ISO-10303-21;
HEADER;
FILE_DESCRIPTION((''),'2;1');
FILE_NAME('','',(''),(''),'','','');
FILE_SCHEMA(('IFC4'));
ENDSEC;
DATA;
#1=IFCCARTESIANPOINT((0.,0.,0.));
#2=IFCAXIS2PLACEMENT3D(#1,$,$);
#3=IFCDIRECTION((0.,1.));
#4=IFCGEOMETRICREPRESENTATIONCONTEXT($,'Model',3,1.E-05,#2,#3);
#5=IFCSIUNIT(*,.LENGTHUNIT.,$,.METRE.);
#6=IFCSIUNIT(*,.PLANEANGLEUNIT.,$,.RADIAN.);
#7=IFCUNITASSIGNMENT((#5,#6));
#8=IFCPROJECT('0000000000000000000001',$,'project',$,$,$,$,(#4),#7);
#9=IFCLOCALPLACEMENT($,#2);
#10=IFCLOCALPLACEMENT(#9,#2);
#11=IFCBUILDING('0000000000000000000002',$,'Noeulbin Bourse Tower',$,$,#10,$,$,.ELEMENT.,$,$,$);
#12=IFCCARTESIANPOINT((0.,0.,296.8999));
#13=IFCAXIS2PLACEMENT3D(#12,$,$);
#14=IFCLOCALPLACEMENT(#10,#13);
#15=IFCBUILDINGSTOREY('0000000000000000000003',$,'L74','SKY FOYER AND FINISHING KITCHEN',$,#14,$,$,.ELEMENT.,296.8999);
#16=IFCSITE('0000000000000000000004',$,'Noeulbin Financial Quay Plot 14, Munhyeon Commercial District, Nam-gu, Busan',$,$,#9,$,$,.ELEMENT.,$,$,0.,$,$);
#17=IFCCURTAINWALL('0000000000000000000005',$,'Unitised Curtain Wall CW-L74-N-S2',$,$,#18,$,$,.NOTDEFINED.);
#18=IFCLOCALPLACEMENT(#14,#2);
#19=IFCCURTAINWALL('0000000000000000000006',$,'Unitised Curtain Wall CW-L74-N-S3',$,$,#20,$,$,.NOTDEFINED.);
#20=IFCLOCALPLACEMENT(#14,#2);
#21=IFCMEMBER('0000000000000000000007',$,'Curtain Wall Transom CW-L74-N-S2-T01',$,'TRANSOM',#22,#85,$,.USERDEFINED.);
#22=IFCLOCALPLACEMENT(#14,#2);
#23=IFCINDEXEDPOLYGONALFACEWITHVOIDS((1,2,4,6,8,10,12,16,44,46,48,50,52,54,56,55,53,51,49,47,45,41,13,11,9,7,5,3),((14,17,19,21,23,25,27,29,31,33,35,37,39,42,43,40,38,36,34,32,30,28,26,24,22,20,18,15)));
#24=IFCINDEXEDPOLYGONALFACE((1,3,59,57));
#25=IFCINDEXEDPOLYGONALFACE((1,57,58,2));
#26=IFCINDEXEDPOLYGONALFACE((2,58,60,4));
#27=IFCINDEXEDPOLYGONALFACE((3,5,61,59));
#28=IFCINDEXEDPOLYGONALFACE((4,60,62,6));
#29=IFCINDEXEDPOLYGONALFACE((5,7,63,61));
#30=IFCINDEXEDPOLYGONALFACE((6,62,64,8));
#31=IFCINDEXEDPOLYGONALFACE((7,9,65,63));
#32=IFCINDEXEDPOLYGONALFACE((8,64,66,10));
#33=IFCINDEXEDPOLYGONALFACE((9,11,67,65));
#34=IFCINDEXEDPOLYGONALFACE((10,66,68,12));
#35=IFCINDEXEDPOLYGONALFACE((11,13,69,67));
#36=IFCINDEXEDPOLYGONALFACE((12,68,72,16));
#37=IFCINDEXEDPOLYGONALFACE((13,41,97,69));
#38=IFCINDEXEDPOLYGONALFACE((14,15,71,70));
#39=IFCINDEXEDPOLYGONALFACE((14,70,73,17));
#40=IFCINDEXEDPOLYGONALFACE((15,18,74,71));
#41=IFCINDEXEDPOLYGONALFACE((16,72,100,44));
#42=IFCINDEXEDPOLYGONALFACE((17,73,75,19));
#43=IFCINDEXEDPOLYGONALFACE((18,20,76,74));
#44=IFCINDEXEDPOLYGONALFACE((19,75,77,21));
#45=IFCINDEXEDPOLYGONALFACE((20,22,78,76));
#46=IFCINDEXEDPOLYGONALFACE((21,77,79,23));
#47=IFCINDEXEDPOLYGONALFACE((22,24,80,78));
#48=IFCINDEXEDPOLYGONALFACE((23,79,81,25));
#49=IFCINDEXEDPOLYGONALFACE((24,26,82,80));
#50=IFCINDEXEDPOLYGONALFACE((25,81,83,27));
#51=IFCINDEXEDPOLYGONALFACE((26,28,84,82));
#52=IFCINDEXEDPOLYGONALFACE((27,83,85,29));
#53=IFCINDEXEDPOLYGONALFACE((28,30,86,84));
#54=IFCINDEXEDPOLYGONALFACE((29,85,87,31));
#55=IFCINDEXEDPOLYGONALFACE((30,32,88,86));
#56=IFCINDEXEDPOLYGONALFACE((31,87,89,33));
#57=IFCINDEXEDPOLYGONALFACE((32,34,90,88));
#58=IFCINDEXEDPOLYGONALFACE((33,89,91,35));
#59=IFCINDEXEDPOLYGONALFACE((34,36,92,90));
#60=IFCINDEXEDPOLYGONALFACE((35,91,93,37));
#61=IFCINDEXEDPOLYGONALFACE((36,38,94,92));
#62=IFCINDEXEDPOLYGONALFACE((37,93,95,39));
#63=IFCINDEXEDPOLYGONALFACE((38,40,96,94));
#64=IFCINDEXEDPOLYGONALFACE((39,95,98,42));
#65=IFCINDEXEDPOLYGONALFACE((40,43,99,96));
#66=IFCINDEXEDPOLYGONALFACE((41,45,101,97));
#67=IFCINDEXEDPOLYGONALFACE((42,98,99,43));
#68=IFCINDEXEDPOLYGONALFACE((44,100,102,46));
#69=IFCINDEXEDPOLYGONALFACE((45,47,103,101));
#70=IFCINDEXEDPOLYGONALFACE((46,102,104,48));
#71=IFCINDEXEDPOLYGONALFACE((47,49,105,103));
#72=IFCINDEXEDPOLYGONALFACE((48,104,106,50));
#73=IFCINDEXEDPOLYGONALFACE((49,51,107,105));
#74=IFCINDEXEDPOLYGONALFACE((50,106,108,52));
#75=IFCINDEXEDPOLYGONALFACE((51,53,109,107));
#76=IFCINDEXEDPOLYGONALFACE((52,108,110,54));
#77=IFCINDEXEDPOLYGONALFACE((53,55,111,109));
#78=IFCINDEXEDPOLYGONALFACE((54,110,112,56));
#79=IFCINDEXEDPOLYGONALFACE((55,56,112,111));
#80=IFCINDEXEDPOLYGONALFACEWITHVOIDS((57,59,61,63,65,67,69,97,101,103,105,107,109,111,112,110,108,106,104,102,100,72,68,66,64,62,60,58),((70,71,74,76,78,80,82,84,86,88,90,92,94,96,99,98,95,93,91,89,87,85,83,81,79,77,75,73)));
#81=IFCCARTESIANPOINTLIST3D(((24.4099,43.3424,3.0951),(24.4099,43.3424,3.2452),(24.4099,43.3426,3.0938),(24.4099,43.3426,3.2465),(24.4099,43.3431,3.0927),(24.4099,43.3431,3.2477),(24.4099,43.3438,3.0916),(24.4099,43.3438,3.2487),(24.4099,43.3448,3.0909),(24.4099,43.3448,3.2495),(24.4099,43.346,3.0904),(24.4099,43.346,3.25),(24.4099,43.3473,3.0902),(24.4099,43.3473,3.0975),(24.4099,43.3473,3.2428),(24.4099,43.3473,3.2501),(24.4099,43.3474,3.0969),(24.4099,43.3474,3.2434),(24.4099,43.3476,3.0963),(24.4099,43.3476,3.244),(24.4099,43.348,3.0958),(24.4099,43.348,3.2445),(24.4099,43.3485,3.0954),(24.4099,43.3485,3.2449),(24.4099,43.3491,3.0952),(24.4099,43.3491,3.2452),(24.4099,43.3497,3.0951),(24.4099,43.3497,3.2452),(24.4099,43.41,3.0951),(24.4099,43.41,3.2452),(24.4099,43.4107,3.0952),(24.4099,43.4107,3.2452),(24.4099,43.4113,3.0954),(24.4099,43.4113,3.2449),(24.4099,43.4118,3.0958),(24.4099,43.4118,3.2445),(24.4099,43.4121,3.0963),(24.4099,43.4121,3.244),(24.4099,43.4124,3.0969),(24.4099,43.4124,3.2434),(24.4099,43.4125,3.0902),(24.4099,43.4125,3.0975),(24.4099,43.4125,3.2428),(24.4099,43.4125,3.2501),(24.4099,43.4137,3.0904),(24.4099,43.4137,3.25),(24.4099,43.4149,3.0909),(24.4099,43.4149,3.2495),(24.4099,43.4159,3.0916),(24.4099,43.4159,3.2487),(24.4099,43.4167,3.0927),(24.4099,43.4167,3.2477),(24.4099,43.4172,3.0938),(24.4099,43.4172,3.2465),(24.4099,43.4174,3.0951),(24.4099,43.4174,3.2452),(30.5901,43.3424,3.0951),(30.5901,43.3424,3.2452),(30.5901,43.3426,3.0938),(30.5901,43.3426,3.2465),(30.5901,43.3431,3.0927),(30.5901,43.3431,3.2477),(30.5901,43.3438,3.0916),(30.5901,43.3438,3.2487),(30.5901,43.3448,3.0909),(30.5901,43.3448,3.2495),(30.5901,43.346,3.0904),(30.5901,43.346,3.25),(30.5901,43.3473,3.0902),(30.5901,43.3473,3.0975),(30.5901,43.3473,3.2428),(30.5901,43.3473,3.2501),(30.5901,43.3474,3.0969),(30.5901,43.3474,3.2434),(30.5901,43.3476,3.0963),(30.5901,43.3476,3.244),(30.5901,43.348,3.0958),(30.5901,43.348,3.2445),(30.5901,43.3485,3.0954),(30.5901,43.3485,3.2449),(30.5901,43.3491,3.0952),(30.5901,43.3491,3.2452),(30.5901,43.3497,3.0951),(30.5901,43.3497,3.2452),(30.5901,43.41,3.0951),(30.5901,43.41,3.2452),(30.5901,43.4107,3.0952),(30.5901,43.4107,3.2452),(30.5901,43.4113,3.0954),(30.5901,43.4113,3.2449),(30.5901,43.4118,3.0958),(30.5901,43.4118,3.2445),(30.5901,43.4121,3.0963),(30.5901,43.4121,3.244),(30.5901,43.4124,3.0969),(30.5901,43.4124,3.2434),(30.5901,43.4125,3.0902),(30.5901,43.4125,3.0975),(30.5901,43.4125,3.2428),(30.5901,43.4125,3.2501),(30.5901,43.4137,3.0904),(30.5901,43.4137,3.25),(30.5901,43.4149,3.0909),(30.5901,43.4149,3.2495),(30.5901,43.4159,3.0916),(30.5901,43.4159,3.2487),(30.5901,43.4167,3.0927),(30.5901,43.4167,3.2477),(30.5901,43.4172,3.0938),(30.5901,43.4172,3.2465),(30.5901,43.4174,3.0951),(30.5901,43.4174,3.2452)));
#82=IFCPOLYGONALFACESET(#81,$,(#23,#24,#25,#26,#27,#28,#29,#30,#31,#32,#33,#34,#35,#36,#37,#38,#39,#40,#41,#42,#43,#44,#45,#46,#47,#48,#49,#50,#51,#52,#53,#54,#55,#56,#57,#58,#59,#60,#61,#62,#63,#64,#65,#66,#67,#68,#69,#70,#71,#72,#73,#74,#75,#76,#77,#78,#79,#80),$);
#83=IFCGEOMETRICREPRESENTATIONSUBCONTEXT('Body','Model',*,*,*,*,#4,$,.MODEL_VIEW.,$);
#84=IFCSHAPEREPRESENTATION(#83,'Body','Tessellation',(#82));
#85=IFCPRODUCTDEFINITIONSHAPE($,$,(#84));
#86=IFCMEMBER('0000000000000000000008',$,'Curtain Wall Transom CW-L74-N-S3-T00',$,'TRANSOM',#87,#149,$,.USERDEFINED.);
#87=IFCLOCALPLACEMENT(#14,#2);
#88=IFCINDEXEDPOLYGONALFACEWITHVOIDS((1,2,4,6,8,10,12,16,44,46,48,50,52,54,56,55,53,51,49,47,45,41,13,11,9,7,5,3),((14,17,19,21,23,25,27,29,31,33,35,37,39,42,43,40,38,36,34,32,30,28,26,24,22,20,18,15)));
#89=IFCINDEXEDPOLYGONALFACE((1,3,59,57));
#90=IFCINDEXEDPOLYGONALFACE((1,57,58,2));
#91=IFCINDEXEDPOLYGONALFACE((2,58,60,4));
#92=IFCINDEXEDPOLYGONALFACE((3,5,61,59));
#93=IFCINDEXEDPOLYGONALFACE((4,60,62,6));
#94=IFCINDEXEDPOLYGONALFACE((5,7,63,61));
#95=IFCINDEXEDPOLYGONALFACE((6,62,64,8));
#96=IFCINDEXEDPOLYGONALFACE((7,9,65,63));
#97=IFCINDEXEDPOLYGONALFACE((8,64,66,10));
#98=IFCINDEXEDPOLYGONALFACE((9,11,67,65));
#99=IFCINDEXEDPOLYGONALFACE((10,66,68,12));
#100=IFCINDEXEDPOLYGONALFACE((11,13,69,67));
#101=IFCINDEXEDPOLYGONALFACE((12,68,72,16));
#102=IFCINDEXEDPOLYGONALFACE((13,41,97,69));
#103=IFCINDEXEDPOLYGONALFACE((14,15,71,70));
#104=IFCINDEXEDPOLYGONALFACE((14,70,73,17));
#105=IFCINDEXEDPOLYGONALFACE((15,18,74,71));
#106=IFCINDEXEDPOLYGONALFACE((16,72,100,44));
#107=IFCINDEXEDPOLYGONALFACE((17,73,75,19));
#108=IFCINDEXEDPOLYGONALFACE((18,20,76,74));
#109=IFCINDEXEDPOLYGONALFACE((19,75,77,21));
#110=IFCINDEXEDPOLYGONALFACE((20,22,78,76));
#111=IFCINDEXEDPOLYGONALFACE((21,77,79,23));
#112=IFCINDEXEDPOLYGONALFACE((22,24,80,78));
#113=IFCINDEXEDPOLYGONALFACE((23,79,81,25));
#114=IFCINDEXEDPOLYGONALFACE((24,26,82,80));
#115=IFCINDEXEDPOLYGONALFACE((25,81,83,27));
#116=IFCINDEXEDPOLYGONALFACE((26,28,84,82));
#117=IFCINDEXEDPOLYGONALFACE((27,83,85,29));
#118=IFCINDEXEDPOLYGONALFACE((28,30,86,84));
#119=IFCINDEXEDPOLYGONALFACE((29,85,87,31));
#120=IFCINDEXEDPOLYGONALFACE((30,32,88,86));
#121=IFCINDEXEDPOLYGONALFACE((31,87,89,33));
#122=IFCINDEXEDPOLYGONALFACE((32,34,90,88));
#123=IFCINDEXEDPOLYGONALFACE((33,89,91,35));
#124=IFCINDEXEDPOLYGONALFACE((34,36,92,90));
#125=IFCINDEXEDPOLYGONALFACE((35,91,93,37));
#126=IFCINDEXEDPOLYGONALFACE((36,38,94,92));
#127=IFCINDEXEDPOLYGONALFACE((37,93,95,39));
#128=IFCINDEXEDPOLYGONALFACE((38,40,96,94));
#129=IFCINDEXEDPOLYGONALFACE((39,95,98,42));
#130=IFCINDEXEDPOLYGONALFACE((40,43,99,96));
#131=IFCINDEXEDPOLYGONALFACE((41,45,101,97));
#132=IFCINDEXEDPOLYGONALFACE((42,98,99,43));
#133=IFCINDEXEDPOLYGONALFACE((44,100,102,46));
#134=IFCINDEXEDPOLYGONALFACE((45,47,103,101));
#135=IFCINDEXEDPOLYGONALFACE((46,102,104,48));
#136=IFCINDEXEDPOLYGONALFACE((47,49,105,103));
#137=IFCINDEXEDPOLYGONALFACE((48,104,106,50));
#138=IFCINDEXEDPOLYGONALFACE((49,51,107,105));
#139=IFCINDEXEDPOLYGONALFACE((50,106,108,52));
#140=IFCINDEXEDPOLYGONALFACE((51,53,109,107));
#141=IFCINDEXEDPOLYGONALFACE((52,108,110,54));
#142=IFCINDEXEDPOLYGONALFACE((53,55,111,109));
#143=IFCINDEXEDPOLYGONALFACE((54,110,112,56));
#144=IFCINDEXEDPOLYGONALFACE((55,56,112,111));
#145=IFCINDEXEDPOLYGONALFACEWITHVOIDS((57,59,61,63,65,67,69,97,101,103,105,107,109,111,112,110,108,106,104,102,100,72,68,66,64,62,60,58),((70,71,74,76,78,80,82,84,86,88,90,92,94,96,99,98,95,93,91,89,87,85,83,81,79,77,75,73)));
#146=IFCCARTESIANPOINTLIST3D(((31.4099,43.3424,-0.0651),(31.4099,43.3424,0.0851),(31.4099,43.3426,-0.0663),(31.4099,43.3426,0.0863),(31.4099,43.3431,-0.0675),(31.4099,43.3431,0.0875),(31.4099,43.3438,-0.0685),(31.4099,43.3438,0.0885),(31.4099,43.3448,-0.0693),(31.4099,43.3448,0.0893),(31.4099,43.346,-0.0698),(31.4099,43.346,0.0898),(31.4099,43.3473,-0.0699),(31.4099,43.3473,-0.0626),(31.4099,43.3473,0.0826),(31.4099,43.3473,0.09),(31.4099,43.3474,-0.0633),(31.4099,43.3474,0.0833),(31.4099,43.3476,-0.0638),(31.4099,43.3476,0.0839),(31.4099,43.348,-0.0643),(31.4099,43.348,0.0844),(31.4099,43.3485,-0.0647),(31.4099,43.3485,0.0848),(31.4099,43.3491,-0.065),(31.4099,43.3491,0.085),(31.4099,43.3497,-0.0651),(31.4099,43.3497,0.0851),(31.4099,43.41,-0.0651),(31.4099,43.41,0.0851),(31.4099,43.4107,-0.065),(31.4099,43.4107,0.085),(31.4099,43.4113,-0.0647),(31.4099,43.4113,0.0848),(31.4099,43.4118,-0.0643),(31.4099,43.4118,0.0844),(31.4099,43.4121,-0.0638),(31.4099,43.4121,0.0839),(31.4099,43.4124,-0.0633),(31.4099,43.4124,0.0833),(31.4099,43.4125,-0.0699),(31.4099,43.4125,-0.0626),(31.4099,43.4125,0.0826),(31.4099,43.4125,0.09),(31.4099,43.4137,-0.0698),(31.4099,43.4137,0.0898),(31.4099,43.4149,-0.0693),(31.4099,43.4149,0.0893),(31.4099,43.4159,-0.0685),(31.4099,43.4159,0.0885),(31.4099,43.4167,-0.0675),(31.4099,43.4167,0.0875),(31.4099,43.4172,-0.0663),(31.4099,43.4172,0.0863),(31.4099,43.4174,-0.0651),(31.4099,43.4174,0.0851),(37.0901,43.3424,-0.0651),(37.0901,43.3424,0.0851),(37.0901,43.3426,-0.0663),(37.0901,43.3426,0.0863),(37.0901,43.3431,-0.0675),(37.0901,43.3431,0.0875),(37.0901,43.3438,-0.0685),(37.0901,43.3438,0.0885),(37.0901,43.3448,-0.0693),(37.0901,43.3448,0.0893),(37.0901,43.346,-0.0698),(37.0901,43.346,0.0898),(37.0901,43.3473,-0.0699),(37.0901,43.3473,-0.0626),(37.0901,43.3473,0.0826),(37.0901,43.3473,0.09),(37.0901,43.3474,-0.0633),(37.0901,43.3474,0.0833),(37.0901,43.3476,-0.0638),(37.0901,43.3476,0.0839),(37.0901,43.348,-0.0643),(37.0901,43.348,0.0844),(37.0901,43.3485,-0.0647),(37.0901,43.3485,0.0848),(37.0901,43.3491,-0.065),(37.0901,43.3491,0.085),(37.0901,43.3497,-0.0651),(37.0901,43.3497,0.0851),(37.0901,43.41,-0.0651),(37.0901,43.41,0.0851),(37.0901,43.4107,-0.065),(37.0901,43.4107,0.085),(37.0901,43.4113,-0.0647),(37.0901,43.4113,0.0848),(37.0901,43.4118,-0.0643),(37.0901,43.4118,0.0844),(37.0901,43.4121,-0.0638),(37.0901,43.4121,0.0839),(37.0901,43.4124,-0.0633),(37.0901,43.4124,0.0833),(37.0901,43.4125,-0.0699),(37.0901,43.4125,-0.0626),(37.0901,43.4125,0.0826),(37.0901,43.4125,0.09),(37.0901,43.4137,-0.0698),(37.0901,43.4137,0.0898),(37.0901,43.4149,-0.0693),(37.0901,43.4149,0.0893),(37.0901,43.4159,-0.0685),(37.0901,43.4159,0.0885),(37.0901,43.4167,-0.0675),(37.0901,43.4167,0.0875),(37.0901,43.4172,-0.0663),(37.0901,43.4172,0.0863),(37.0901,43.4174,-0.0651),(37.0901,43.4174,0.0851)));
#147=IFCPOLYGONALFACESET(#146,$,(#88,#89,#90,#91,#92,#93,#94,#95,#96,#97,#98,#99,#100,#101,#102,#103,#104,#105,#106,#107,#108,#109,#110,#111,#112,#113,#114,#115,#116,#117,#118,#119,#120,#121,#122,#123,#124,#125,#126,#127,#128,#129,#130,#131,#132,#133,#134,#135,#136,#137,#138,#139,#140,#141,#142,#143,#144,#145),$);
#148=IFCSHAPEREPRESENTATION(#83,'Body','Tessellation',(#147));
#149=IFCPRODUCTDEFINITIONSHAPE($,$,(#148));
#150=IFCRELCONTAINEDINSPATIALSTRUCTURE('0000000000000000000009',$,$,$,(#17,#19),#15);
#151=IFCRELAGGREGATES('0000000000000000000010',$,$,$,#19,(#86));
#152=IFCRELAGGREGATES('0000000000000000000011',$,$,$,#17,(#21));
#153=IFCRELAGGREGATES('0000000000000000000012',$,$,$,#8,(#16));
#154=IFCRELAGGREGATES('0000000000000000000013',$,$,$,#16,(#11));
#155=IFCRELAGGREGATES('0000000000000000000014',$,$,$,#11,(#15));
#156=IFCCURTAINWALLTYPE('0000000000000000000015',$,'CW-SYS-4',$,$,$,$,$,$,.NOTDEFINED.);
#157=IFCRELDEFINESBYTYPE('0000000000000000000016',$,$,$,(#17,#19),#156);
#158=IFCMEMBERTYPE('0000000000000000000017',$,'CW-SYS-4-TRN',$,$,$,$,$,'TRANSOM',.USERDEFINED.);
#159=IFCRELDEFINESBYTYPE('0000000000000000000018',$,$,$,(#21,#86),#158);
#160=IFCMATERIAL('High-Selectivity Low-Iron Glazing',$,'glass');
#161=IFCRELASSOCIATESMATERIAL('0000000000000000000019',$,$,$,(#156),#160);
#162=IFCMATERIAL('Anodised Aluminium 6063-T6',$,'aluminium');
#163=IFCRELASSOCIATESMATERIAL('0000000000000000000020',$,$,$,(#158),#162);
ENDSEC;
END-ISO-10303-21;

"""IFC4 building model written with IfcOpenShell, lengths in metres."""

from ifc_helpers import new_model, si_unit, direction, frame, origin, origin_2d, place, context, subcontext, project, spatial, hollow_rectangle, extrude, material, material_profile, profile_set, type_object, element, aggregate, save


model = new_model("IFC4")

# Units and contexts
model_context = context("Model", 3, precision=1e-05, world=origin(), true_north=direction((0.0, 1.0)))
body_context = subcontext(model_context, "Body", "Model", "MODEL_VIEW")
ifc_project = project(units=[si_unit("LENGTHUNIT", "METRE"), si_unit("PLANEANGLEUNIT", "RADIAN")], contexts=[model_context])

# Site, building, storey
site_placement = place(None, origin())
site = spatial("IfcSite", under=ifc_project, at=site_placement, Name="Noeulbin Financial Quay Plot 14, Munhyeon Commercial District, Nam-gu, Busan", CompositionType="ELEMENT", RefElevation=0.0)
building_placement = place(site_placement, origin())
building = spatial("IfcBuilding", under=site, at=building_placement, Name="Noeulbin Bourse Tower", CompositionType="ELEMENT")
storey_placement = place(building_placement, frame((0.0, 0.0, 296.8999)))
storey = spatial("IfcBuildingStorey", under=building, at=storey_placement, Name="L74", Description="SKY FOYER AND FINISHING KITCHEN", CompositionType="ELEMENT", Elevation=296.8999)

# Curtain wall
ifc_material_1 = material(Name="High-Selectivity Low-Iron Glazing", Category="glass")
curtain_wall_type = type_object("IfcCurtainWallType", Name="CW-SYS-4", PredefinedType="NOTDEFINED", material=ifc_material_1)
ifc_material_2 = material(Name="Anodised Aluminium 6063-T6", Category="aluminium")
curtain_wall_1_placement = place(storey_placement, origin())
curtain_wall_1 = element("IfcCurtainWall", 1, at=curtain_wall_1_placement, inside=storey, type_object=curtain_wall_type, Name="Unitised Curtain Wall CW-L74-N-S2", PredefinedType="NOTDEFINED")

# Curtain wall
curtain_wall_2_placement = place(storey_placement, origin())
curtain_wall_2 = element("IfcCurtainWall", 2, at=curtain_wall_2_placement, inside=storey, type_object=curtain_wall_type, Name="Unitised Curtain Wall CW-L74-N-S3", PredefinedType="NOTDEFINED")

# Members
ifc_material_profile_1 = material_profile(ifc_material_2, hollow_rectangle(XDim=0.075, YDim=0.1599, WallThickness=0.0049, InnerFilletRadius=0.0024, OuterFilletRadius=0.0049, at=origin_2d()), Name="ALU-TRAN-75x160x5", Category="LoadBearing")
ifc_profile_set_1 = profile_set([ifc_material_profile_1], Name="Anodised Aluminium 6063-T6")
member_type_1 = type_object("IfcMemberType", Name="CW-SYS-4-TRN", ElementType="TRANSOM", PredefinedType="USERDEFINED", material=ifc_profile_set_1)
member_1_placement = place(storey_placement, frame((24.4099, 43.3799, 3.1702), z_axis=(1.0, 0.0, 0.0), x_axis=(0.0, 1.0, 0.0)))
member_1 = element("IfcMember", 3, at=member_1_placement, type_object=member_type_1, Name="Curtain Wall Transom CW-L74-N-S2-T01", ObjectType="TRANSOM", PredefinedType="USERDEFINED", context=body_context, shape_type="SweptSolid", body=[
    extrude(hollow_rectangle(XDim=0.075, YDim=0.1599, WallThickness=0.0049, InnerFilletRadius=0.0024, OuterFilletRadius=0.0049, at=origin_2d()), origin(), (0.0, 0.0, 1.0), 6.1802),
])
member_2_placement = place(storey_placement, frame((31.4099, 43.3799, 0.01), z_axis=(1.0, 0.0, 0.0), x_axis=(0.0, 1.0, 0.0)))
member_2 = element("IfcMember", 4, at=member_2_placement, type_object=member_type_1, Name="Curtain Wall Transom CW-L74-N-S3-T00", ObjectType="TRANSOM", PredefinedType="USERDEFINED", context=body_context, shape_type="SweptSolid", body=[
    extrude(hollow_rectangle(XDim=0.075, YDim=0.1599, WallThickness=0.0049, InnerFilletRadius=0.0024, OuterFilletRadius=0.0049, at=origin_2d()), origin(), (0.0, 0.0, 1.0), 5.6802),
])
aggregate(curtain_wall_2, [member_2])

aggregate(curtain_wall_1, [member_1])

save(model, "model.ifc")
